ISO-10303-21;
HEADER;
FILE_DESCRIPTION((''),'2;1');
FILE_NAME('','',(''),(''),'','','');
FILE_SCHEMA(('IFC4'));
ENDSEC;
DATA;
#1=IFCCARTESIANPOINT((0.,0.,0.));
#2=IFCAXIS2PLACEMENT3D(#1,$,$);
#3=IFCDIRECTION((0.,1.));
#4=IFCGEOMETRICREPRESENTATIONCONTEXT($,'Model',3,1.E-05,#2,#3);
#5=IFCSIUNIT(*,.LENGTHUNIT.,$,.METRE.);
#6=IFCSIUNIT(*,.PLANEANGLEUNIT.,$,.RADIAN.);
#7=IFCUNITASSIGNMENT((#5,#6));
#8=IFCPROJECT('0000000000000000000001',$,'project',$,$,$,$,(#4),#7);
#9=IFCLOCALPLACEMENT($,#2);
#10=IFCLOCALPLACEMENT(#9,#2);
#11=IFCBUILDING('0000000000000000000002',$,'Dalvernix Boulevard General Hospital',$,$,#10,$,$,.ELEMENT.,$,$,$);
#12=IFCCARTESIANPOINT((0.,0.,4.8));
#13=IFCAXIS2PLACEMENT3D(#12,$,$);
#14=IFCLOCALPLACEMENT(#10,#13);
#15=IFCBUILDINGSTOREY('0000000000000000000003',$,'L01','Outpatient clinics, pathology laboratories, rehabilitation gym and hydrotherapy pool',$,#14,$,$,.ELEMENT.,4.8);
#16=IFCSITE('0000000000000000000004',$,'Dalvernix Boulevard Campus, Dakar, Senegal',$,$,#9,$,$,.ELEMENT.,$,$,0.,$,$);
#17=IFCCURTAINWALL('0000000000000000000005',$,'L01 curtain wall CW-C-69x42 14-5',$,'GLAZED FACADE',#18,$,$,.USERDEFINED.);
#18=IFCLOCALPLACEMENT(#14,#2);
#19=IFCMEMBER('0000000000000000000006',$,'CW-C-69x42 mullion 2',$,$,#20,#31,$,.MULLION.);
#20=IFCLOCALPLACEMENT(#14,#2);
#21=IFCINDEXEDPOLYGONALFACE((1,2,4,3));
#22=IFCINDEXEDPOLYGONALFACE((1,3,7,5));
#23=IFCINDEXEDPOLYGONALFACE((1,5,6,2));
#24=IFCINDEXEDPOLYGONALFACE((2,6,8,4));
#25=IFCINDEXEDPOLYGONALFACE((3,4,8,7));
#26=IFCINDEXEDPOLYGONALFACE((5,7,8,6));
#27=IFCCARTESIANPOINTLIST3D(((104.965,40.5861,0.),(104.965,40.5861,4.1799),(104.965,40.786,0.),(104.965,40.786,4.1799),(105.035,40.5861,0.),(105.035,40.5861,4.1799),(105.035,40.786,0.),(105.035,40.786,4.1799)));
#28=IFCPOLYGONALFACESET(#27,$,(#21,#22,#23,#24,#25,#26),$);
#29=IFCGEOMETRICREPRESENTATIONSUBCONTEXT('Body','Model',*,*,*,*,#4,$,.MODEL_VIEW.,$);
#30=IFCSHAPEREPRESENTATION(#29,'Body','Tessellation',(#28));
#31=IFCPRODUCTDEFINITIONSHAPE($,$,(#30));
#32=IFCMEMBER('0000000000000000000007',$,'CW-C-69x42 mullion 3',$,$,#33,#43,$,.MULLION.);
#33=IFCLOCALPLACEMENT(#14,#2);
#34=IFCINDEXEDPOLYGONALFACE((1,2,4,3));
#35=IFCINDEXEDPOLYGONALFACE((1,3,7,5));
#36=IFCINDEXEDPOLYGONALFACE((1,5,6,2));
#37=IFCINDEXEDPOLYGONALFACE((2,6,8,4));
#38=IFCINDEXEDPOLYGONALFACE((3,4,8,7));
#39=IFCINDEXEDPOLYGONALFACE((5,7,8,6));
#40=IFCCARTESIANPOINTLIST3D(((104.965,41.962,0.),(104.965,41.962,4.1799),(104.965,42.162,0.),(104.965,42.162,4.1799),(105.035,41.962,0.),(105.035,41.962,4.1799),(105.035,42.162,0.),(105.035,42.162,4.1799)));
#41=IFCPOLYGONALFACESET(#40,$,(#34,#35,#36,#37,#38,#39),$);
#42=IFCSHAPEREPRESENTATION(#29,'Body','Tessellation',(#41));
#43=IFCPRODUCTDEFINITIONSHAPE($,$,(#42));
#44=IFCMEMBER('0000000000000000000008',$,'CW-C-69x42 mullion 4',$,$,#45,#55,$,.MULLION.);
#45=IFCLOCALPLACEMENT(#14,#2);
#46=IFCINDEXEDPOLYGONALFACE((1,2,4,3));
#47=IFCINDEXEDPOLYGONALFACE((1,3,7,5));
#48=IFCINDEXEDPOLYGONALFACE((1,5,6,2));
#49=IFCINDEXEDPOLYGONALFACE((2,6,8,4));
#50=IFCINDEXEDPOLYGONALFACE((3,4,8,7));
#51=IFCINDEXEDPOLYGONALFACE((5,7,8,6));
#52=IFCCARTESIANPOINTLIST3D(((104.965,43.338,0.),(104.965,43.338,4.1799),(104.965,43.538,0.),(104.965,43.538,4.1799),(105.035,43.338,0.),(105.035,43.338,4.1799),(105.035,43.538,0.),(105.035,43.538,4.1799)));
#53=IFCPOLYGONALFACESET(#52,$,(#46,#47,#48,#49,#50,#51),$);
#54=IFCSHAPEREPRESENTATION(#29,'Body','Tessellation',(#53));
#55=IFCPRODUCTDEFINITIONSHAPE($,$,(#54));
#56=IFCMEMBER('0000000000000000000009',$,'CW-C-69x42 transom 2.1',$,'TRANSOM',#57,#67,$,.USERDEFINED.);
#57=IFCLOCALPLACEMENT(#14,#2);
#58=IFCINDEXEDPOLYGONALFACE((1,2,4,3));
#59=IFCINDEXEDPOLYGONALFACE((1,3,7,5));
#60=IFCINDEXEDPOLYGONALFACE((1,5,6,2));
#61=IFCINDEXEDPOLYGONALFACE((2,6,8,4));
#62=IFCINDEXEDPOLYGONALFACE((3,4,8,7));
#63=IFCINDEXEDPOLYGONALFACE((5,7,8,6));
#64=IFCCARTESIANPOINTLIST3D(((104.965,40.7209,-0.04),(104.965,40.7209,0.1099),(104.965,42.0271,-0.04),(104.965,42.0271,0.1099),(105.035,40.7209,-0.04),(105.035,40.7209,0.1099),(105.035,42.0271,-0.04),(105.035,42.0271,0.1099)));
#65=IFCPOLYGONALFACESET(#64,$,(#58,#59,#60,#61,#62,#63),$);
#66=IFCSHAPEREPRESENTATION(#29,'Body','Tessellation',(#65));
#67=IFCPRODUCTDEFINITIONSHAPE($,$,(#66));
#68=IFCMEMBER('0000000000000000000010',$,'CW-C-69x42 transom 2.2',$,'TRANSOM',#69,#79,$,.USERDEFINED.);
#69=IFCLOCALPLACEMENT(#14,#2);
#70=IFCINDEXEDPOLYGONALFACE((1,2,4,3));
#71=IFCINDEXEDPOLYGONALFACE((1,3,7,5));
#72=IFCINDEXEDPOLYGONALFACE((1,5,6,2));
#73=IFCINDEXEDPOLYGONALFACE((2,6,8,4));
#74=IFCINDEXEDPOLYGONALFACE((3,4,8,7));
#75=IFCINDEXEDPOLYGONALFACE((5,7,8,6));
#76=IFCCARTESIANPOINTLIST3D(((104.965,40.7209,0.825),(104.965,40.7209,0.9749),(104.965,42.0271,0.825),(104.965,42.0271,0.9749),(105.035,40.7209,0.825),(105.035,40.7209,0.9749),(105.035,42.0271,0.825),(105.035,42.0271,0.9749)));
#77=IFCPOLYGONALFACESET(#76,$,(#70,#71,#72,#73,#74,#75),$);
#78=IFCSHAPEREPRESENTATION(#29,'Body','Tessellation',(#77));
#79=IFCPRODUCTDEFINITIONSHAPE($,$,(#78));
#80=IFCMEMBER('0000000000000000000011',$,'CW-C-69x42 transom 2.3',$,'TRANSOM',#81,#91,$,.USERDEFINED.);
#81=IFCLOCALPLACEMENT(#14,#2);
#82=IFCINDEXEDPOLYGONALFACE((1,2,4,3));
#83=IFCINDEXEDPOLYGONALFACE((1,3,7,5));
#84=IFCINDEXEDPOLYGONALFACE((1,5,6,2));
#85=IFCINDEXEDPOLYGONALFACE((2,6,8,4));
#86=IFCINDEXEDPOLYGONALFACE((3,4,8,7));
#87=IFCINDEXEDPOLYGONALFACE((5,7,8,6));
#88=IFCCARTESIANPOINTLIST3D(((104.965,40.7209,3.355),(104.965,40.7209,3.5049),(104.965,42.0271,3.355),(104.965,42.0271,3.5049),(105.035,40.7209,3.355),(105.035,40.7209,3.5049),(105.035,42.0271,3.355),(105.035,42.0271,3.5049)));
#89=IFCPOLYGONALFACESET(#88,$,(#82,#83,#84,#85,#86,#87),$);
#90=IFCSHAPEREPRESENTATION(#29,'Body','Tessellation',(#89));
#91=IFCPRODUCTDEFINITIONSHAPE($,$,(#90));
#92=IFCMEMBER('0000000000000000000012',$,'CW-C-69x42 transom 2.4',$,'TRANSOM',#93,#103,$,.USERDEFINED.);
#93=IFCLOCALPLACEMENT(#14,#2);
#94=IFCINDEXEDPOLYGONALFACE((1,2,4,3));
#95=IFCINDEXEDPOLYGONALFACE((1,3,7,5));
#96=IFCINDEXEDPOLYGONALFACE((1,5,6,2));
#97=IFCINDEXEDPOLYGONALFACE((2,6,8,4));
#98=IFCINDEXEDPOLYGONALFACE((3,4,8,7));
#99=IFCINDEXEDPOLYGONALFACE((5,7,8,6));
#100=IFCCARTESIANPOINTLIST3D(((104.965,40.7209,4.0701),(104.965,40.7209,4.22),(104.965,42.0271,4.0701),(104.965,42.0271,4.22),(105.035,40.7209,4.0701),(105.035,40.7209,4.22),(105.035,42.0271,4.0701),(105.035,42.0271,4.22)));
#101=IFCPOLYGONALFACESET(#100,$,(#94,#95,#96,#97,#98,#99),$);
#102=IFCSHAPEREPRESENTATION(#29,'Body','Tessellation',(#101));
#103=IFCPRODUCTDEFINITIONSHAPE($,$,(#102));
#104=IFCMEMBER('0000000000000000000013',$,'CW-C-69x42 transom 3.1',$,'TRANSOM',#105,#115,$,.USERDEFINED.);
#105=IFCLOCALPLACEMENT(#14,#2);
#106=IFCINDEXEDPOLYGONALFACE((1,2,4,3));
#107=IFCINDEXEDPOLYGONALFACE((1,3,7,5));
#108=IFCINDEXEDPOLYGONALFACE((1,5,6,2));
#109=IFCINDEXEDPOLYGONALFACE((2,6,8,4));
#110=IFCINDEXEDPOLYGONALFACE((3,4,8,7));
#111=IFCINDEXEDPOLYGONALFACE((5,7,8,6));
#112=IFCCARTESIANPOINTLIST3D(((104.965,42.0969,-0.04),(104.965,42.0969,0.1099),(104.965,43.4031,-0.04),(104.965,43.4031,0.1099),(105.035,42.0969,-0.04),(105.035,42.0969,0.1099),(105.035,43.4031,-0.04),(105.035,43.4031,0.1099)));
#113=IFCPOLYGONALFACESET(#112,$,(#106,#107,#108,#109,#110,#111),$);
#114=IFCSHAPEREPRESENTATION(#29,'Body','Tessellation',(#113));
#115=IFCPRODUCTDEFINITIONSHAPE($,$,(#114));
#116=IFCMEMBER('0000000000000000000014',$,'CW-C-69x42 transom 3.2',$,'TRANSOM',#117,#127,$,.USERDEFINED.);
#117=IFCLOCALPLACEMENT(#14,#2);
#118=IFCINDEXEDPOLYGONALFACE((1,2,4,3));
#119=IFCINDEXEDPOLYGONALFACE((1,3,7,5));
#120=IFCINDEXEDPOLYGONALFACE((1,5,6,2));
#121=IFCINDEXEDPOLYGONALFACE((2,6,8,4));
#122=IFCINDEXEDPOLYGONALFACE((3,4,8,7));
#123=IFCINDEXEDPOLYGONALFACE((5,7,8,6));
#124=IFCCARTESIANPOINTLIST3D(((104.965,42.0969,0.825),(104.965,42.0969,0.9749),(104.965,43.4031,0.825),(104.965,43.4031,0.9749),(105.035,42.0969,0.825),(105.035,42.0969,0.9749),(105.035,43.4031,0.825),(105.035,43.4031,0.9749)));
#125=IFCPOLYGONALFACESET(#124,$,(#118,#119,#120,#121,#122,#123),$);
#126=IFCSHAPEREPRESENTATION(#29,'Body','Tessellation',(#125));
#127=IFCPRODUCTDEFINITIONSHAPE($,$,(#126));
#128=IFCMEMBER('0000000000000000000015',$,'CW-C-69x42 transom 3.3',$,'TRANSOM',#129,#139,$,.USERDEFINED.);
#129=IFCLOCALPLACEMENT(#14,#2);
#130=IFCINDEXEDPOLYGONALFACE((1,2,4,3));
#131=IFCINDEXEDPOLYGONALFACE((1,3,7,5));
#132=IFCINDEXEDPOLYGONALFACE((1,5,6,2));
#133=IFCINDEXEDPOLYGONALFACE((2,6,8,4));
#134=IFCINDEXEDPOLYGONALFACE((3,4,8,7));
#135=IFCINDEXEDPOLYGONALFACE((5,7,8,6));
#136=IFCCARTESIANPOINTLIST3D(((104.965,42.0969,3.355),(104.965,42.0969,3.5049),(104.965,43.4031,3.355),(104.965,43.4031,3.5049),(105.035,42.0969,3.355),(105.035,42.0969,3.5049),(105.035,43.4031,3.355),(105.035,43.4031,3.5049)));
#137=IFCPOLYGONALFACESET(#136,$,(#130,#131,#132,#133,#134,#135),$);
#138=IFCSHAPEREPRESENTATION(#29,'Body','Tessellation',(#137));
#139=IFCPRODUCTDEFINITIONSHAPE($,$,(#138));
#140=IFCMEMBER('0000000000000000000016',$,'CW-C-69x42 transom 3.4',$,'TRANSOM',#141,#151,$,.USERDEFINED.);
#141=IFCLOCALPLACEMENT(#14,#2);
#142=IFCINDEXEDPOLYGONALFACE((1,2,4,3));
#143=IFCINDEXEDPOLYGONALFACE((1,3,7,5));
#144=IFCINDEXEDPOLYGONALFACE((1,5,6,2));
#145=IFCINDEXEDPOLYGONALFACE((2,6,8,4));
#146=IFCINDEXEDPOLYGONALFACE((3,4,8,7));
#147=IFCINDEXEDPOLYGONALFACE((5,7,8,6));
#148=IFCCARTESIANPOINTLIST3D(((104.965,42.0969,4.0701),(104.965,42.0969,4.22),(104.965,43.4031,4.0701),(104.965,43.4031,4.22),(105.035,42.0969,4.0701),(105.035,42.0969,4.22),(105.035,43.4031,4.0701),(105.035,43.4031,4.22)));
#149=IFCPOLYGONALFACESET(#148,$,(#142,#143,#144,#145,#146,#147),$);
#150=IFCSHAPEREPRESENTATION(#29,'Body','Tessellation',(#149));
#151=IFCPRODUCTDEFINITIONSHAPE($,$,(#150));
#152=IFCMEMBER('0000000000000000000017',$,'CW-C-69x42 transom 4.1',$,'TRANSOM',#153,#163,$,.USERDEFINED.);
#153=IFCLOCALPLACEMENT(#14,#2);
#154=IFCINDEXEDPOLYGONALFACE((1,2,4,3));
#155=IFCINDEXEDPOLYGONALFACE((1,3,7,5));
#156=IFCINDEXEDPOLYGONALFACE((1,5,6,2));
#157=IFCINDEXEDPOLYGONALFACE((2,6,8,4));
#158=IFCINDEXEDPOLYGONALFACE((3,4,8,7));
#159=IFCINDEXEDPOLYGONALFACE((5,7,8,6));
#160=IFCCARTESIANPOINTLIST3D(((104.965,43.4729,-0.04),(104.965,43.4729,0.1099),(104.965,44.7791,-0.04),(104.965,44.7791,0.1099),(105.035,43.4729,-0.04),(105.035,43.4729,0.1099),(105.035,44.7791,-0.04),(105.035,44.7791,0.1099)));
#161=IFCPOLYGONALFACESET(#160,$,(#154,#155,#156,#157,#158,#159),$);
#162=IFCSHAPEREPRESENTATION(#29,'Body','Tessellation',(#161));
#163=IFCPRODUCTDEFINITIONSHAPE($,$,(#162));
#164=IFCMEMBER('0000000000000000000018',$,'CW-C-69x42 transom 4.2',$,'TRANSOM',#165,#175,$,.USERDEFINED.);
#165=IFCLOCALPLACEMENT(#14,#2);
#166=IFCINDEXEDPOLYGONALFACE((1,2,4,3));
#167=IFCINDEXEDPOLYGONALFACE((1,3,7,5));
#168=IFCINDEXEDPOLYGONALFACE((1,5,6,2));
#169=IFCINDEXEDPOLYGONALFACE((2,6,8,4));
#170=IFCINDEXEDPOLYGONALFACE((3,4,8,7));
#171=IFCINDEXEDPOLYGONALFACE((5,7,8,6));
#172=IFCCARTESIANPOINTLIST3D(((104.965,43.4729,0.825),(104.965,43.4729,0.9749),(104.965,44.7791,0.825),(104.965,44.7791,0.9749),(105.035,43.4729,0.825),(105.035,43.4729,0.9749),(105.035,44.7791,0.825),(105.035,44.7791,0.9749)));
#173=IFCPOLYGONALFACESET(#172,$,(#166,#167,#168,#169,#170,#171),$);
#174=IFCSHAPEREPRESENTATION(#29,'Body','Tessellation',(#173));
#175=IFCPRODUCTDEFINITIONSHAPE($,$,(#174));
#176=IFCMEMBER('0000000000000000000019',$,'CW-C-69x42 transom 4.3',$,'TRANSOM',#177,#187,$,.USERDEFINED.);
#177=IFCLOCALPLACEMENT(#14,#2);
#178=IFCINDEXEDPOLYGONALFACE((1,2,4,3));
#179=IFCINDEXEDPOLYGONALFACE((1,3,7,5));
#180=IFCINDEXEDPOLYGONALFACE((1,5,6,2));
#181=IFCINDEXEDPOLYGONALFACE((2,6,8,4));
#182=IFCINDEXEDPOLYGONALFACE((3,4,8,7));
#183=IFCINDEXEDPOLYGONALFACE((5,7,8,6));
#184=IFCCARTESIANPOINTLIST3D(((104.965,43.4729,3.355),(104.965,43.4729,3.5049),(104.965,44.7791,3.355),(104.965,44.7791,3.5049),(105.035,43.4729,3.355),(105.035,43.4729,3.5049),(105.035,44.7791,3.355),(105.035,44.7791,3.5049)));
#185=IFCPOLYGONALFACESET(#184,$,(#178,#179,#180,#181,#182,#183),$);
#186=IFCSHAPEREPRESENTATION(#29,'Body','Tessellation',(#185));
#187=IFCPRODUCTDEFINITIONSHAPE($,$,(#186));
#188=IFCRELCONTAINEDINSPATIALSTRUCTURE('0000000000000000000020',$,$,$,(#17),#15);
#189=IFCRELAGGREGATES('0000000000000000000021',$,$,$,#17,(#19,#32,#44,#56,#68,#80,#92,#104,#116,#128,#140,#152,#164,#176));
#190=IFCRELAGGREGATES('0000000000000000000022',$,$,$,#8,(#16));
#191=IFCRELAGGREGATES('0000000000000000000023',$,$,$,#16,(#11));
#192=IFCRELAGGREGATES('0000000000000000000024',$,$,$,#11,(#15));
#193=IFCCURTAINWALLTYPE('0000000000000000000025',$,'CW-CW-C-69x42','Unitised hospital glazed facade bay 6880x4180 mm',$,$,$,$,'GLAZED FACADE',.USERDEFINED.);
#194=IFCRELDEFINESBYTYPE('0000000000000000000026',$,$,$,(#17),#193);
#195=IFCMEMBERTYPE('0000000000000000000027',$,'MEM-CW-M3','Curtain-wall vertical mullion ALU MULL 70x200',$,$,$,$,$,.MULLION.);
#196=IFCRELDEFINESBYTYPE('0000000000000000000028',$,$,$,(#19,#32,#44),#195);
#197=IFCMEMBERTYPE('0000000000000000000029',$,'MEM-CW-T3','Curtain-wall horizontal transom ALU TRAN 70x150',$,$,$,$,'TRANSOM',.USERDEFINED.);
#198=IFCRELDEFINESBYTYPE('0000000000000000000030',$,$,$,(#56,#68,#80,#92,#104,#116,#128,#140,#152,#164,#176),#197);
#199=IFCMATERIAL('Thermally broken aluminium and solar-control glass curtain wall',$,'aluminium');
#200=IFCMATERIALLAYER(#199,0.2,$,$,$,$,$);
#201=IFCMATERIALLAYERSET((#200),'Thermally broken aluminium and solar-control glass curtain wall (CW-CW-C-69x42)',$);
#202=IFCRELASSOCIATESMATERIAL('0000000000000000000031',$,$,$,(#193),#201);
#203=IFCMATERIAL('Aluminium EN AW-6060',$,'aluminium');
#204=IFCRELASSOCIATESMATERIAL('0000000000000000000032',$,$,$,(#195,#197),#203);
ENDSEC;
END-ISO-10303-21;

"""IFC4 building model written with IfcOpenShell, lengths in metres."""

from ifc_helpers import new_model, si_unit, direction, frame, origin, origin_2d, place, context, subcontext, project, spatial, rectangle, extrude, material, layer, layer_set, material_profile, profile_set, type_object, element, aggregate, save


model = new_model("IFC4")

# Units and contexts
model_context = context("Model", 3, precision=1e-05, world=origin(), true_north=direction((0.0, 1.0)))
body_context = subcontext(model_context, "Body", "Model", "MODEL_VIEW")
ifc_project = project(units=[si_unit("LENGTHUNIT", "METRE"), si_unit("PLANEANGLEUNIT", "RADIAN")], contexts=[model_context])

# Site, building, storey
site_placement = place(None, origin())
site = spatial("IfcSite", under=ifc_project, at=site_placement, Name="Dalvernix Boulevard Campus, Dakar, Senegal", CompositionType="ELEMENT", RefElevation=0.0)
building_placement = place(site_placement, origin())
building = spatial("IfcBuilding", under=site, at=building_placement, Name="Dalvernix Boulevard General Hospital", CompositionType="ELEMENT")
storey_placement = place(building_placement, frame((0.0, 0.0, 4.8)))
storey = spatial("IfcBuildingStorey", under=building, at=storey_placement, Name="L01", Description="Outpatient clinics, pathology laboratories, rehabilitation gym and hydrotherapy pool", CompositionType="ELEMENT", Elevation=4.8)

# Curtain wall, members
ifc_material_1 = material(Name="Thermally broken aluminium and solar-control glass curtain wall", Category="aluminium")
ifc_layer_1 = layer(ifc_material_1, 0.2)
ifc_layer_set_1 = layer_set([ifc_layer_1], Name="Thermally broken aluminium and solar-control glass curtain wall (CW-CW-C-69x42)")
curtain_wall_type = type_object("IfcCurtainWallType", Name="CW-CW-C-69x42", Description="Unitised hospital glazed facade bay 6880x4180 mm", ElementType="GLAZED FACADE", PredefinedType="USERDEFINED", material=ifc_layer_set_1)
curtain_wall_placement = place(storey_placement, origin())
curtain_wall = element("IfcCurtainWall", 1, at=curtain_wall_placement, inside=storey, type_object=curtain_wall_type, Name="L01 curtain wall CW-C-69x42 14-5", ObjectType="GLAZED FACADE", PredefinedType="USERDEFINED")
ifc_material_2 = material(Name="Aluminium EN AW-6060", Category="aluminium")
ifc_material_profile_1 = material_profile(ifc_material_2, rectangle(XDim=0.0701, YDim=0.2, at=origin_2d()), Name="ALU MULL 70x200")
ifc_profile_set_1 = profile_set([ifc_material_profile_1], Name="Aluminium EN AW-6060")
member_type_1 = type_object("IfcMemberType", Name="MEM-CW-M3", Description="Curtain-wall vertical mullion ALU MULL 70x200", PredefinedType="MULLION", material=ifc_profile_set_1)
member_1_placement = place(storey_placement, frame((105.0, 40.686, 0.0), z_axis=(0.0, 0.0, 1.0), x_axis=(-1.0, 0.0, 0.0)))
member_1 = element("IfcMember", 2, at=member_1_placement, type_object=member_type_1, Name="CW-C-69x42 mullion 2", PredefinedType="MULLION", context=body_context, shape_type="SweptSolid", body=[
    extrude(rectangle(XDim=0.0701, YDim=0.2, at=origin_2d()), origin(), (0.0, 0.0, 1.0), 4.1799),
])
member_2_placement = place(storey_placement, frame((105.0, 42.062, 0.0), z_axis=(0.0, 0.0, 1.0), x_axis=(-1.0, 0.0, 0.0)))
member_2 = element("IfcMember", 3, at=member_2_placement, type_object=member_type_1, Name="CW-C-69x42 mullion 3", PredefinedType="MULLION", context=body_context, shape_type="SweptSolid", body=[
    extrude(rectangle(XDim=0.0701, YDim=0.2, at=origin_2d()), origin(), (0.0, 0.0, 1.0), 4.1799),
])
member_3_placement = place(storey_placement, frame((105.0, 43.438, 0.0), z_axis=(0.0, 0.0, 1.0), x_axis=(-1.0, 0.0, 0.0)))
member_3 = element("IfcMember", 4, at=member_3_placement, type_object=member_type_1, Name="CW-C-69x42 mullion 4", PredefinedType="MULLION", context=body_context, shape_type="SweptSolid", body=[
    extrude(rectangle(XDim=0.0701, YDim=0.2, at=origin_2d()), origin(), (0.0, 0.0, 1.0), 4.1799),
])
ifc_material_profile_2 = material_profile(ifc_material_2, rectangle(XDim=0.0701, YDim=0.1499, at=origin_2d()), Name="ALU TRAN 70x150")
ifc_profile_set_2 = profile_set([ifc_material_profile_2], Name="Aluminium EN AW-6060")
member_type_2 = type_object("IfcMemberType", Name="MEM-CW-T3", Description="Curtain-wall horizontal transom ALU TRAN 70x150", ElementType="TRANSOM", PredefinedType="USERDEFINED", material=ifc_profile_set_2)
member_4_placement = place(storey_placement, frame((105.0, 40.7209, 0.0349), z_axis=(0.0, 1.0, 0.0), x_axis=(-1.0, 0.0, 0.0)))
member_4 = element("IfcMember", 5, at=member_4_placement, type_object=member_type_2, Name="CW-C-69x42 transom 2.1", ObjectType="TRANSOM", PredefinedType="USERDEFINED", context=body_context, shape_type="SweptSolid", body=[
    extrude(rectangle(XDim=0.0701, YDim=0.1499, at=origin_2d()), origin(), (0.0, 0.0, 1.0), 1.3062),
])
member_5_placement = place(storey_placement, frame((105.0, 40.7209, 0.8999), z_axis=(0.0, 1.0, 0.0), x_axis=(-1.0, 0.0, 0.0)))
member_5 = element("IfcMember", 6, at=member_5_placement, type_object=member_type_2, Name="CW-C-69x42 transom 2.2", ObjectType="TRANSOM", PredefinedType="USERDEFINED", context=body_context, shape_type="SweptSolid", body=[
    extrude(rectangle(XDim=0.0701, YDim=0.1499, at=origin_2d()), origin(), (0.0, 0.0, 1.0), 1.3062),
])
member_6_placement = place(storey_placement, frame((105.0, 40.7209, 3.4299), z_axis=(0.0, 1.0, 0.0), x_axis=(-1.0, 0.0, 0.0)))
member_6 = element("IfcMember", 7, at=member_6_placement, type_object=member_type_2, Name="CW-C-69x42 transom 2.3", ObjectType="TRANSOM", PredefinedType="USERDEFINED", context=body_context, shape_type="SweptSolid", body=[
    extrude(rectangle(XDim=0.0701, YDim=0.1499, at=origin_2d()), origin(), (0.0, 0.0, 1.0), 1.3062),
])
member_7_placement = place(storey_placement, frame((105.0, 40.7209, 4.145), z_axis=(0.0, 1.0, 0.0), x_axis=(-1.0, 0.0, 0.0)))
member_7 = element("IfcMember", 8, at=member_7_placement, type_object=member_type_2, Name="CW-C-69x42 transom 2.4", ObjectType="TRANSOM", PredefinedType="USERDEFINED", context=body_context, shape_type="SweptSolid", body=[
    extrude(rectangle(XDim=0.0701, YDim=0.1499, at=origin_2d()), origin(), (0.0, 0.0, 1.0), 1.3062),
])
member_8_placement = place(storey_placement, frame((105.0, 42.0969, 0.0349), z_axis=(0.0, 1.0, 0.0), x_axis=(-1.0, 0.0, 0.0)))
member_8 = element("IfcMember", 9, at=member_8_placement, type_object=member_type_2, Name="CW-C-69x42 transom 3.1", ObjectType="TRANSOM", PredefinedType="USERDEFINED", context=body_context, shape_type="SweptSolid", body=[
    extrude(rectangle(XDim=0.0701, YDim=0.1499, at=origin_2d()), origin(), (0.0, 0.0, 1.0), 1.3062),
])
member_9_placement = place(storey_placement, frame((105.0, 42.0969, 0.8999), z_axis=(0.0, 1.0, 0.0), x_axis=(-1.0, 0.0, 0.0)))
member_9 = element("IfcMember", 10, at=member_9_placement, type_object=member_type_2, Name="CW-C-69x42 transom 3.2", ObjectType="TRANSOM", PredefinedType="USERDEFINED", context=body_context, shape_type="SweptSolid", body=[
    extrude(rectangle(XDim=0.0701, YDim=0.1499, at=origin_2d()), origin(), (0.0, 0.0, 1.0), 1.3062),
])
member_10_placement = place(storey_placement, frame((105.0, 42.0969, 3.4299), z_axis=(0.0, 1.0, 0.0), x_axis=(-1.0, 0.0, 0.0)))
member_10 = element("IfcMember", 11, at=member_10_placement, type_object=member_type_2, Name="CW-C-69x42 transom 3.3", ObjectType="TRANSOM", PredefinedType="USERDEFINED", context=body_context, shape_type="SweptSolid", body=[
    extrude(rectangle(XDim=0.0701, YDim=0.1499, at=origin_2d()), origin(), (0.0, 0.0, 1.0), 1.3062),
])
member_11_placement = place(storey_placement, frame((105.0, 42.0969, 4.145), z_axis=(0.0, 1.0, 0.0), x_axis=(-1.0, 0.0, 0.0)))
member_11 = element("IfcMember", 12, at=member_11_placement, type_object=member_type_2, Name="CW-C-69x42 transom 3.4", ObjectType="TRANSOM", PredefinedType="USERDEFINED", context=body_context, shape_type="SweptSolid", body=[
    extrude(rectangle(XDim=0.0701, YDim=0.1499, at=origin_2d()), origin(), (0.0, 0.0, 1.0), 1.3062),
])
member_12_placement = place(storey_placement, frame((105.0, 43.4729, 0.0349), z_axis=(0.0, 1.0, 0.0), x_axis=(-1.0, 0.0, 0.0)))
member_12 = element("IfcMember", 13, at=member_12_placement, type_object=member_type_2, Name="CW-C-69x42 transom 4.1", ObjectType="TRANSOM", PredefinedType="USERDEFINED", context=body_context, shape_type="SweptSolid", body=[
    extrude(rectangle(XDim=0.0701, YDim=0.1499, at=origin_2d()), origin(), (0.0, 0.0, 1.0), 1.3062),
])
member_13_placement = place(storey_placement, frame((105.0, 43.4729, 0.8999), z_axis=(0.0, 1.0, 0.0), x_axis=(-1.0, 0.0, 0.0)))
member_13 = element("IfcMember", 14, at=member_13_placement, type_object=member_type_2, Name="CW-C-69x42 transom 4.2", ObjectType="TRANSOM", PredefinedType="USERDEFINED", context=body_context, shape_type="SweptSolid", body=[
    extrude(rectangle(XDim=0.0701, YDim=0.1499, at=origin_2d()), origin(), (0.0, 0.0, 1.0), 1.3062),
])
member_14_placement = place(storey_placement, frame((105.0, 43.4729, 3.4299), z_axis=(0.0, 1.0, 0.0), x_axis=(-1.0, 0.0, 0.0)))
member_14 = element("IfcMember", 15, at=member_14_placement, type_object=member_type_2, Name="CW-C-69x42 transom 4.3", ObjectType="TRANSOM", PredefinedType="USERDEFINED", context=body_context, shape_type="SweptSolid", body=[
    extrude(rectangle(XDim=0.0701, YDim=0.1499, at=origin_2d()), origin(), (0.0, 0.0, 1.0), 1.3062),
])
aggregate(curtain_wall, [member_1, member_2, member_3, member_4, member_5, member_6, member_7, member_8, member_9, member_10, member_11, member_12, member_13, member_14])

save(model, "model.ifc")
